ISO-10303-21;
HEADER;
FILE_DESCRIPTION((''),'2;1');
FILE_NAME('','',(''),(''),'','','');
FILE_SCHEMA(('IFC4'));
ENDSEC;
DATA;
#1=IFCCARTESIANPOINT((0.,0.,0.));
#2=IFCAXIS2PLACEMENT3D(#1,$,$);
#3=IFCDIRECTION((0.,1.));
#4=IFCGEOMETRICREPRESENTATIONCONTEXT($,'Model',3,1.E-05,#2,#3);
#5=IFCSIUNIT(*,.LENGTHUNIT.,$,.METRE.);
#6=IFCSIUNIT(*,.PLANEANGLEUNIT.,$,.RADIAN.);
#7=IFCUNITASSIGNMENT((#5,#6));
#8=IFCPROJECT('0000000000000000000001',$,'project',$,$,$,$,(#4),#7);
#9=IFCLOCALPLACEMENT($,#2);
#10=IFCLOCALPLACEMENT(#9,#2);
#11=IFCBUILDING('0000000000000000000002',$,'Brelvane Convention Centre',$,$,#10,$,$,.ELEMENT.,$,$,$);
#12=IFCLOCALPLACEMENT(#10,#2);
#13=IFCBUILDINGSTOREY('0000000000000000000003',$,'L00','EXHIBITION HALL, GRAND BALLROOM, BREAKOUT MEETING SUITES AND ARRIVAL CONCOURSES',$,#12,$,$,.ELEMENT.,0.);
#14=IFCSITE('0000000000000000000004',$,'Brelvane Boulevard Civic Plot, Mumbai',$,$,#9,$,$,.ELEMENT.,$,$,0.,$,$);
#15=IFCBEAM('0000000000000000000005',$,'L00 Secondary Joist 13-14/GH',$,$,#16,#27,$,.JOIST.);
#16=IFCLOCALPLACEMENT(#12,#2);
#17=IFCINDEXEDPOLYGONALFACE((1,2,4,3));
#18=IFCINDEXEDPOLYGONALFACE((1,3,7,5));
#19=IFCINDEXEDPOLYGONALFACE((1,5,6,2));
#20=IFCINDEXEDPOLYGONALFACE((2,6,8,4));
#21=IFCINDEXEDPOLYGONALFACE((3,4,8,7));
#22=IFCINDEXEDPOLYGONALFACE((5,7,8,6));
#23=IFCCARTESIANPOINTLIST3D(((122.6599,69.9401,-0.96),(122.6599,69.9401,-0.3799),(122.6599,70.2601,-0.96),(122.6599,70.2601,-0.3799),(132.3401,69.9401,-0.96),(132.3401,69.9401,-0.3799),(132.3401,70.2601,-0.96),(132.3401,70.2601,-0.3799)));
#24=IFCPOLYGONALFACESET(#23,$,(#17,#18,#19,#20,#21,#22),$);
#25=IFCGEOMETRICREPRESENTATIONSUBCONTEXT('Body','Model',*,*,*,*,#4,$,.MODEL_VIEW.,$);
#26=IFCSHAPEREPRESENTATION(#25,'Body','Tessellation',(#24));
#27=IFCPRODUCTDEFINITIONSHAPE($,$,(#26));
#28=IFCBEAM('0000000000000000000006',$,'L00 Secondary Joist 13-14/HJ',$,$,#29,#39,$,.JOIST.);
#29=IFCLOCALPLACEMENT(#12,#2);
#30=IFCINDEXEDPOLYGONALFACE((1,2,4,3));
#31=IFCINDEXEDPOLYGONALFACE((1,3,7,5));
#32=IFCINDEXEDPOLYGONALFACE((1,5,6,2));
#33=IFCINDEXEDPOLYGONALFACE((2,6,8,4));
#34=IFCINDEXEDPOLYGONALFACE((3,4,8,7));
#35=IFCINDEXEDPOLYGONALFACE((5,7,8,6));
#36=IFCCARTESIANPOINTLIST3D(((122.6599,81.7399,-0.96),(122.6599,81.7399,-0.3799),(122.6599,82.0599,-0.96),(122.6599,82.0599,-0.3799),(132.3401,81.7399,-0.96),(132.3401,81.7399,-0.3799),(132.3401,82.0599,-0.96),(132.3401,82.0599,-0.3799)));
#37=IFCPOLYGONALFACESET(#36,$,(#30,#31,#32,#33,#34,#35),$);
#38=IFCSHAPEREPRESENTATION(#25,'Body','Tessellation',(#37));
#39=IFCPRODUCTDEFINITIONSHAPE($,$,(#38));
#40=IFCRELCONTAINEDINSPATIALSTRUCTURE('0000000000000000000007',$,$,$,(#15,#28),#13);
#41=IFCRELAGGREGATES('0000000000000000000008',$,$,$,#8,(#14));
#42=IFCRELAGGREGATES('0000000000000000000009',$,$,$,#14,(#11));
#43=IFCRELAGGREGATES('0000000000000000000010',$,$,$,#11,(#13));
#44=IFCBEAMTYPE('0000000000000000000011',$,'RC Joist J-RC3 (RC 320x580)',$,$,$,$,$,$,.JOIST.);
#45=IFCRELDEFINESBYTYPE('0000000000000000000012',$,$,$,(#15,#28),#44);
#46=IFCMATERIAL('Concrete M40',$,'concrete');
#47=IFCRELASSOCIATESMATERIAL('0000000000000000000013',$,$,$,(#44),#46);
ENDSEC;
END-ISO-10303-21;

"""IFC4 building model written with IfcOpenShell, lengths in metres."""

from ifc_helpers import new_model, si_unit, direction, frame, origin, origin_2d, place, context, subcontext, project, spatial, rectangle, extrude, material, material_profile, profile_set, type_object, element, save


model = new_model("IFC4")

# Units and contexts
model_context = context("Model", 3, precision=1e-05, world=origin(), true_north=direction((0.0, 1.0)))
body_context = subcontext(model_context, "Body", "Model", "MODEL_VIEW")
ifc_project = project(units=[si_unit("LENGTHUNIT", "METRE"), si_unit("PLANEANGLEUNIT", "RADIAN")], contexts=[model_context])

# Site, building, storey
site_placement = place(None, origin())
site = spatial("IfcSite", under=ifc_project, at=site_placement, Name="Brelvane Boulevard Civic Plot, Mumbai", CompositionType="ELEMENT", RefElevation=0.0)
building_placement = place(site_placement, origin())
building = spatial("IfcBuilding", under=site, at=building_placement, Name="Brelvane Convention Centre", CompositionType="ELEMENT")
storey_placement = place(building_placement, origin())
storey = spatial("IfcBuildingStorey", under=building, at=storey_placement, Name="L00", Description="EXHIBITION HALL, GRAND BALLROOM, BREAKOUT MEETING SUITES AND ARRIVAL CONCOURSES", CompositionType="ELEMENT", Elevation=0.0)

# Beams
ifc_material_1 = material(Name="Concrete M40", Category="concrete")
ifc_material_profile_1 = material_profile(ifc_material_1, rectangle(XDim=0.3201, YDim=0.5801, at=origin_2d()), Name="RC 320x580")
ifc_profile_set_1 = profile_set([ifc_material_profile_1], Name="Concrete M40")
beam_type_1 = type_object("IfcBeamType", Name="RC Joist J-RC3 (RC 320x580)", PredefinedType="JOIST", material=ifc_profile_set_1)
for number, where, z_axis, x_axis, name in (
    (1, (122.6599, 70.1001, -0.6699), (1.0, 0.0, 0.0), (0.0, 1.0, 0.0), "L00 Secondary Joist 13-14/GH"),
    (2, (122.6599, 81.8999, -0.6699), (1.0, 0.0, 0.0), (0.0, 1.0, 0.0), "L00 Secondary Joist 13-14/HJ"),
):
    element("IfcBeam", number, at=place(storey_placement, frame(where, z_axis=z_axis, x_axis=x_axis)), inside=storey, type_object=beam_type_1, Name=name, PredefinedType="JOIST", context=body_context, shape_type="SweptSolid", body=[
        extrude(rectangle(XDim=0.3201, YDim=0.5801, at=origin_2d()), origin(), (0.0, 0.0, 1.0), 9.6802),
    ])

save(model, "model.ifc")
